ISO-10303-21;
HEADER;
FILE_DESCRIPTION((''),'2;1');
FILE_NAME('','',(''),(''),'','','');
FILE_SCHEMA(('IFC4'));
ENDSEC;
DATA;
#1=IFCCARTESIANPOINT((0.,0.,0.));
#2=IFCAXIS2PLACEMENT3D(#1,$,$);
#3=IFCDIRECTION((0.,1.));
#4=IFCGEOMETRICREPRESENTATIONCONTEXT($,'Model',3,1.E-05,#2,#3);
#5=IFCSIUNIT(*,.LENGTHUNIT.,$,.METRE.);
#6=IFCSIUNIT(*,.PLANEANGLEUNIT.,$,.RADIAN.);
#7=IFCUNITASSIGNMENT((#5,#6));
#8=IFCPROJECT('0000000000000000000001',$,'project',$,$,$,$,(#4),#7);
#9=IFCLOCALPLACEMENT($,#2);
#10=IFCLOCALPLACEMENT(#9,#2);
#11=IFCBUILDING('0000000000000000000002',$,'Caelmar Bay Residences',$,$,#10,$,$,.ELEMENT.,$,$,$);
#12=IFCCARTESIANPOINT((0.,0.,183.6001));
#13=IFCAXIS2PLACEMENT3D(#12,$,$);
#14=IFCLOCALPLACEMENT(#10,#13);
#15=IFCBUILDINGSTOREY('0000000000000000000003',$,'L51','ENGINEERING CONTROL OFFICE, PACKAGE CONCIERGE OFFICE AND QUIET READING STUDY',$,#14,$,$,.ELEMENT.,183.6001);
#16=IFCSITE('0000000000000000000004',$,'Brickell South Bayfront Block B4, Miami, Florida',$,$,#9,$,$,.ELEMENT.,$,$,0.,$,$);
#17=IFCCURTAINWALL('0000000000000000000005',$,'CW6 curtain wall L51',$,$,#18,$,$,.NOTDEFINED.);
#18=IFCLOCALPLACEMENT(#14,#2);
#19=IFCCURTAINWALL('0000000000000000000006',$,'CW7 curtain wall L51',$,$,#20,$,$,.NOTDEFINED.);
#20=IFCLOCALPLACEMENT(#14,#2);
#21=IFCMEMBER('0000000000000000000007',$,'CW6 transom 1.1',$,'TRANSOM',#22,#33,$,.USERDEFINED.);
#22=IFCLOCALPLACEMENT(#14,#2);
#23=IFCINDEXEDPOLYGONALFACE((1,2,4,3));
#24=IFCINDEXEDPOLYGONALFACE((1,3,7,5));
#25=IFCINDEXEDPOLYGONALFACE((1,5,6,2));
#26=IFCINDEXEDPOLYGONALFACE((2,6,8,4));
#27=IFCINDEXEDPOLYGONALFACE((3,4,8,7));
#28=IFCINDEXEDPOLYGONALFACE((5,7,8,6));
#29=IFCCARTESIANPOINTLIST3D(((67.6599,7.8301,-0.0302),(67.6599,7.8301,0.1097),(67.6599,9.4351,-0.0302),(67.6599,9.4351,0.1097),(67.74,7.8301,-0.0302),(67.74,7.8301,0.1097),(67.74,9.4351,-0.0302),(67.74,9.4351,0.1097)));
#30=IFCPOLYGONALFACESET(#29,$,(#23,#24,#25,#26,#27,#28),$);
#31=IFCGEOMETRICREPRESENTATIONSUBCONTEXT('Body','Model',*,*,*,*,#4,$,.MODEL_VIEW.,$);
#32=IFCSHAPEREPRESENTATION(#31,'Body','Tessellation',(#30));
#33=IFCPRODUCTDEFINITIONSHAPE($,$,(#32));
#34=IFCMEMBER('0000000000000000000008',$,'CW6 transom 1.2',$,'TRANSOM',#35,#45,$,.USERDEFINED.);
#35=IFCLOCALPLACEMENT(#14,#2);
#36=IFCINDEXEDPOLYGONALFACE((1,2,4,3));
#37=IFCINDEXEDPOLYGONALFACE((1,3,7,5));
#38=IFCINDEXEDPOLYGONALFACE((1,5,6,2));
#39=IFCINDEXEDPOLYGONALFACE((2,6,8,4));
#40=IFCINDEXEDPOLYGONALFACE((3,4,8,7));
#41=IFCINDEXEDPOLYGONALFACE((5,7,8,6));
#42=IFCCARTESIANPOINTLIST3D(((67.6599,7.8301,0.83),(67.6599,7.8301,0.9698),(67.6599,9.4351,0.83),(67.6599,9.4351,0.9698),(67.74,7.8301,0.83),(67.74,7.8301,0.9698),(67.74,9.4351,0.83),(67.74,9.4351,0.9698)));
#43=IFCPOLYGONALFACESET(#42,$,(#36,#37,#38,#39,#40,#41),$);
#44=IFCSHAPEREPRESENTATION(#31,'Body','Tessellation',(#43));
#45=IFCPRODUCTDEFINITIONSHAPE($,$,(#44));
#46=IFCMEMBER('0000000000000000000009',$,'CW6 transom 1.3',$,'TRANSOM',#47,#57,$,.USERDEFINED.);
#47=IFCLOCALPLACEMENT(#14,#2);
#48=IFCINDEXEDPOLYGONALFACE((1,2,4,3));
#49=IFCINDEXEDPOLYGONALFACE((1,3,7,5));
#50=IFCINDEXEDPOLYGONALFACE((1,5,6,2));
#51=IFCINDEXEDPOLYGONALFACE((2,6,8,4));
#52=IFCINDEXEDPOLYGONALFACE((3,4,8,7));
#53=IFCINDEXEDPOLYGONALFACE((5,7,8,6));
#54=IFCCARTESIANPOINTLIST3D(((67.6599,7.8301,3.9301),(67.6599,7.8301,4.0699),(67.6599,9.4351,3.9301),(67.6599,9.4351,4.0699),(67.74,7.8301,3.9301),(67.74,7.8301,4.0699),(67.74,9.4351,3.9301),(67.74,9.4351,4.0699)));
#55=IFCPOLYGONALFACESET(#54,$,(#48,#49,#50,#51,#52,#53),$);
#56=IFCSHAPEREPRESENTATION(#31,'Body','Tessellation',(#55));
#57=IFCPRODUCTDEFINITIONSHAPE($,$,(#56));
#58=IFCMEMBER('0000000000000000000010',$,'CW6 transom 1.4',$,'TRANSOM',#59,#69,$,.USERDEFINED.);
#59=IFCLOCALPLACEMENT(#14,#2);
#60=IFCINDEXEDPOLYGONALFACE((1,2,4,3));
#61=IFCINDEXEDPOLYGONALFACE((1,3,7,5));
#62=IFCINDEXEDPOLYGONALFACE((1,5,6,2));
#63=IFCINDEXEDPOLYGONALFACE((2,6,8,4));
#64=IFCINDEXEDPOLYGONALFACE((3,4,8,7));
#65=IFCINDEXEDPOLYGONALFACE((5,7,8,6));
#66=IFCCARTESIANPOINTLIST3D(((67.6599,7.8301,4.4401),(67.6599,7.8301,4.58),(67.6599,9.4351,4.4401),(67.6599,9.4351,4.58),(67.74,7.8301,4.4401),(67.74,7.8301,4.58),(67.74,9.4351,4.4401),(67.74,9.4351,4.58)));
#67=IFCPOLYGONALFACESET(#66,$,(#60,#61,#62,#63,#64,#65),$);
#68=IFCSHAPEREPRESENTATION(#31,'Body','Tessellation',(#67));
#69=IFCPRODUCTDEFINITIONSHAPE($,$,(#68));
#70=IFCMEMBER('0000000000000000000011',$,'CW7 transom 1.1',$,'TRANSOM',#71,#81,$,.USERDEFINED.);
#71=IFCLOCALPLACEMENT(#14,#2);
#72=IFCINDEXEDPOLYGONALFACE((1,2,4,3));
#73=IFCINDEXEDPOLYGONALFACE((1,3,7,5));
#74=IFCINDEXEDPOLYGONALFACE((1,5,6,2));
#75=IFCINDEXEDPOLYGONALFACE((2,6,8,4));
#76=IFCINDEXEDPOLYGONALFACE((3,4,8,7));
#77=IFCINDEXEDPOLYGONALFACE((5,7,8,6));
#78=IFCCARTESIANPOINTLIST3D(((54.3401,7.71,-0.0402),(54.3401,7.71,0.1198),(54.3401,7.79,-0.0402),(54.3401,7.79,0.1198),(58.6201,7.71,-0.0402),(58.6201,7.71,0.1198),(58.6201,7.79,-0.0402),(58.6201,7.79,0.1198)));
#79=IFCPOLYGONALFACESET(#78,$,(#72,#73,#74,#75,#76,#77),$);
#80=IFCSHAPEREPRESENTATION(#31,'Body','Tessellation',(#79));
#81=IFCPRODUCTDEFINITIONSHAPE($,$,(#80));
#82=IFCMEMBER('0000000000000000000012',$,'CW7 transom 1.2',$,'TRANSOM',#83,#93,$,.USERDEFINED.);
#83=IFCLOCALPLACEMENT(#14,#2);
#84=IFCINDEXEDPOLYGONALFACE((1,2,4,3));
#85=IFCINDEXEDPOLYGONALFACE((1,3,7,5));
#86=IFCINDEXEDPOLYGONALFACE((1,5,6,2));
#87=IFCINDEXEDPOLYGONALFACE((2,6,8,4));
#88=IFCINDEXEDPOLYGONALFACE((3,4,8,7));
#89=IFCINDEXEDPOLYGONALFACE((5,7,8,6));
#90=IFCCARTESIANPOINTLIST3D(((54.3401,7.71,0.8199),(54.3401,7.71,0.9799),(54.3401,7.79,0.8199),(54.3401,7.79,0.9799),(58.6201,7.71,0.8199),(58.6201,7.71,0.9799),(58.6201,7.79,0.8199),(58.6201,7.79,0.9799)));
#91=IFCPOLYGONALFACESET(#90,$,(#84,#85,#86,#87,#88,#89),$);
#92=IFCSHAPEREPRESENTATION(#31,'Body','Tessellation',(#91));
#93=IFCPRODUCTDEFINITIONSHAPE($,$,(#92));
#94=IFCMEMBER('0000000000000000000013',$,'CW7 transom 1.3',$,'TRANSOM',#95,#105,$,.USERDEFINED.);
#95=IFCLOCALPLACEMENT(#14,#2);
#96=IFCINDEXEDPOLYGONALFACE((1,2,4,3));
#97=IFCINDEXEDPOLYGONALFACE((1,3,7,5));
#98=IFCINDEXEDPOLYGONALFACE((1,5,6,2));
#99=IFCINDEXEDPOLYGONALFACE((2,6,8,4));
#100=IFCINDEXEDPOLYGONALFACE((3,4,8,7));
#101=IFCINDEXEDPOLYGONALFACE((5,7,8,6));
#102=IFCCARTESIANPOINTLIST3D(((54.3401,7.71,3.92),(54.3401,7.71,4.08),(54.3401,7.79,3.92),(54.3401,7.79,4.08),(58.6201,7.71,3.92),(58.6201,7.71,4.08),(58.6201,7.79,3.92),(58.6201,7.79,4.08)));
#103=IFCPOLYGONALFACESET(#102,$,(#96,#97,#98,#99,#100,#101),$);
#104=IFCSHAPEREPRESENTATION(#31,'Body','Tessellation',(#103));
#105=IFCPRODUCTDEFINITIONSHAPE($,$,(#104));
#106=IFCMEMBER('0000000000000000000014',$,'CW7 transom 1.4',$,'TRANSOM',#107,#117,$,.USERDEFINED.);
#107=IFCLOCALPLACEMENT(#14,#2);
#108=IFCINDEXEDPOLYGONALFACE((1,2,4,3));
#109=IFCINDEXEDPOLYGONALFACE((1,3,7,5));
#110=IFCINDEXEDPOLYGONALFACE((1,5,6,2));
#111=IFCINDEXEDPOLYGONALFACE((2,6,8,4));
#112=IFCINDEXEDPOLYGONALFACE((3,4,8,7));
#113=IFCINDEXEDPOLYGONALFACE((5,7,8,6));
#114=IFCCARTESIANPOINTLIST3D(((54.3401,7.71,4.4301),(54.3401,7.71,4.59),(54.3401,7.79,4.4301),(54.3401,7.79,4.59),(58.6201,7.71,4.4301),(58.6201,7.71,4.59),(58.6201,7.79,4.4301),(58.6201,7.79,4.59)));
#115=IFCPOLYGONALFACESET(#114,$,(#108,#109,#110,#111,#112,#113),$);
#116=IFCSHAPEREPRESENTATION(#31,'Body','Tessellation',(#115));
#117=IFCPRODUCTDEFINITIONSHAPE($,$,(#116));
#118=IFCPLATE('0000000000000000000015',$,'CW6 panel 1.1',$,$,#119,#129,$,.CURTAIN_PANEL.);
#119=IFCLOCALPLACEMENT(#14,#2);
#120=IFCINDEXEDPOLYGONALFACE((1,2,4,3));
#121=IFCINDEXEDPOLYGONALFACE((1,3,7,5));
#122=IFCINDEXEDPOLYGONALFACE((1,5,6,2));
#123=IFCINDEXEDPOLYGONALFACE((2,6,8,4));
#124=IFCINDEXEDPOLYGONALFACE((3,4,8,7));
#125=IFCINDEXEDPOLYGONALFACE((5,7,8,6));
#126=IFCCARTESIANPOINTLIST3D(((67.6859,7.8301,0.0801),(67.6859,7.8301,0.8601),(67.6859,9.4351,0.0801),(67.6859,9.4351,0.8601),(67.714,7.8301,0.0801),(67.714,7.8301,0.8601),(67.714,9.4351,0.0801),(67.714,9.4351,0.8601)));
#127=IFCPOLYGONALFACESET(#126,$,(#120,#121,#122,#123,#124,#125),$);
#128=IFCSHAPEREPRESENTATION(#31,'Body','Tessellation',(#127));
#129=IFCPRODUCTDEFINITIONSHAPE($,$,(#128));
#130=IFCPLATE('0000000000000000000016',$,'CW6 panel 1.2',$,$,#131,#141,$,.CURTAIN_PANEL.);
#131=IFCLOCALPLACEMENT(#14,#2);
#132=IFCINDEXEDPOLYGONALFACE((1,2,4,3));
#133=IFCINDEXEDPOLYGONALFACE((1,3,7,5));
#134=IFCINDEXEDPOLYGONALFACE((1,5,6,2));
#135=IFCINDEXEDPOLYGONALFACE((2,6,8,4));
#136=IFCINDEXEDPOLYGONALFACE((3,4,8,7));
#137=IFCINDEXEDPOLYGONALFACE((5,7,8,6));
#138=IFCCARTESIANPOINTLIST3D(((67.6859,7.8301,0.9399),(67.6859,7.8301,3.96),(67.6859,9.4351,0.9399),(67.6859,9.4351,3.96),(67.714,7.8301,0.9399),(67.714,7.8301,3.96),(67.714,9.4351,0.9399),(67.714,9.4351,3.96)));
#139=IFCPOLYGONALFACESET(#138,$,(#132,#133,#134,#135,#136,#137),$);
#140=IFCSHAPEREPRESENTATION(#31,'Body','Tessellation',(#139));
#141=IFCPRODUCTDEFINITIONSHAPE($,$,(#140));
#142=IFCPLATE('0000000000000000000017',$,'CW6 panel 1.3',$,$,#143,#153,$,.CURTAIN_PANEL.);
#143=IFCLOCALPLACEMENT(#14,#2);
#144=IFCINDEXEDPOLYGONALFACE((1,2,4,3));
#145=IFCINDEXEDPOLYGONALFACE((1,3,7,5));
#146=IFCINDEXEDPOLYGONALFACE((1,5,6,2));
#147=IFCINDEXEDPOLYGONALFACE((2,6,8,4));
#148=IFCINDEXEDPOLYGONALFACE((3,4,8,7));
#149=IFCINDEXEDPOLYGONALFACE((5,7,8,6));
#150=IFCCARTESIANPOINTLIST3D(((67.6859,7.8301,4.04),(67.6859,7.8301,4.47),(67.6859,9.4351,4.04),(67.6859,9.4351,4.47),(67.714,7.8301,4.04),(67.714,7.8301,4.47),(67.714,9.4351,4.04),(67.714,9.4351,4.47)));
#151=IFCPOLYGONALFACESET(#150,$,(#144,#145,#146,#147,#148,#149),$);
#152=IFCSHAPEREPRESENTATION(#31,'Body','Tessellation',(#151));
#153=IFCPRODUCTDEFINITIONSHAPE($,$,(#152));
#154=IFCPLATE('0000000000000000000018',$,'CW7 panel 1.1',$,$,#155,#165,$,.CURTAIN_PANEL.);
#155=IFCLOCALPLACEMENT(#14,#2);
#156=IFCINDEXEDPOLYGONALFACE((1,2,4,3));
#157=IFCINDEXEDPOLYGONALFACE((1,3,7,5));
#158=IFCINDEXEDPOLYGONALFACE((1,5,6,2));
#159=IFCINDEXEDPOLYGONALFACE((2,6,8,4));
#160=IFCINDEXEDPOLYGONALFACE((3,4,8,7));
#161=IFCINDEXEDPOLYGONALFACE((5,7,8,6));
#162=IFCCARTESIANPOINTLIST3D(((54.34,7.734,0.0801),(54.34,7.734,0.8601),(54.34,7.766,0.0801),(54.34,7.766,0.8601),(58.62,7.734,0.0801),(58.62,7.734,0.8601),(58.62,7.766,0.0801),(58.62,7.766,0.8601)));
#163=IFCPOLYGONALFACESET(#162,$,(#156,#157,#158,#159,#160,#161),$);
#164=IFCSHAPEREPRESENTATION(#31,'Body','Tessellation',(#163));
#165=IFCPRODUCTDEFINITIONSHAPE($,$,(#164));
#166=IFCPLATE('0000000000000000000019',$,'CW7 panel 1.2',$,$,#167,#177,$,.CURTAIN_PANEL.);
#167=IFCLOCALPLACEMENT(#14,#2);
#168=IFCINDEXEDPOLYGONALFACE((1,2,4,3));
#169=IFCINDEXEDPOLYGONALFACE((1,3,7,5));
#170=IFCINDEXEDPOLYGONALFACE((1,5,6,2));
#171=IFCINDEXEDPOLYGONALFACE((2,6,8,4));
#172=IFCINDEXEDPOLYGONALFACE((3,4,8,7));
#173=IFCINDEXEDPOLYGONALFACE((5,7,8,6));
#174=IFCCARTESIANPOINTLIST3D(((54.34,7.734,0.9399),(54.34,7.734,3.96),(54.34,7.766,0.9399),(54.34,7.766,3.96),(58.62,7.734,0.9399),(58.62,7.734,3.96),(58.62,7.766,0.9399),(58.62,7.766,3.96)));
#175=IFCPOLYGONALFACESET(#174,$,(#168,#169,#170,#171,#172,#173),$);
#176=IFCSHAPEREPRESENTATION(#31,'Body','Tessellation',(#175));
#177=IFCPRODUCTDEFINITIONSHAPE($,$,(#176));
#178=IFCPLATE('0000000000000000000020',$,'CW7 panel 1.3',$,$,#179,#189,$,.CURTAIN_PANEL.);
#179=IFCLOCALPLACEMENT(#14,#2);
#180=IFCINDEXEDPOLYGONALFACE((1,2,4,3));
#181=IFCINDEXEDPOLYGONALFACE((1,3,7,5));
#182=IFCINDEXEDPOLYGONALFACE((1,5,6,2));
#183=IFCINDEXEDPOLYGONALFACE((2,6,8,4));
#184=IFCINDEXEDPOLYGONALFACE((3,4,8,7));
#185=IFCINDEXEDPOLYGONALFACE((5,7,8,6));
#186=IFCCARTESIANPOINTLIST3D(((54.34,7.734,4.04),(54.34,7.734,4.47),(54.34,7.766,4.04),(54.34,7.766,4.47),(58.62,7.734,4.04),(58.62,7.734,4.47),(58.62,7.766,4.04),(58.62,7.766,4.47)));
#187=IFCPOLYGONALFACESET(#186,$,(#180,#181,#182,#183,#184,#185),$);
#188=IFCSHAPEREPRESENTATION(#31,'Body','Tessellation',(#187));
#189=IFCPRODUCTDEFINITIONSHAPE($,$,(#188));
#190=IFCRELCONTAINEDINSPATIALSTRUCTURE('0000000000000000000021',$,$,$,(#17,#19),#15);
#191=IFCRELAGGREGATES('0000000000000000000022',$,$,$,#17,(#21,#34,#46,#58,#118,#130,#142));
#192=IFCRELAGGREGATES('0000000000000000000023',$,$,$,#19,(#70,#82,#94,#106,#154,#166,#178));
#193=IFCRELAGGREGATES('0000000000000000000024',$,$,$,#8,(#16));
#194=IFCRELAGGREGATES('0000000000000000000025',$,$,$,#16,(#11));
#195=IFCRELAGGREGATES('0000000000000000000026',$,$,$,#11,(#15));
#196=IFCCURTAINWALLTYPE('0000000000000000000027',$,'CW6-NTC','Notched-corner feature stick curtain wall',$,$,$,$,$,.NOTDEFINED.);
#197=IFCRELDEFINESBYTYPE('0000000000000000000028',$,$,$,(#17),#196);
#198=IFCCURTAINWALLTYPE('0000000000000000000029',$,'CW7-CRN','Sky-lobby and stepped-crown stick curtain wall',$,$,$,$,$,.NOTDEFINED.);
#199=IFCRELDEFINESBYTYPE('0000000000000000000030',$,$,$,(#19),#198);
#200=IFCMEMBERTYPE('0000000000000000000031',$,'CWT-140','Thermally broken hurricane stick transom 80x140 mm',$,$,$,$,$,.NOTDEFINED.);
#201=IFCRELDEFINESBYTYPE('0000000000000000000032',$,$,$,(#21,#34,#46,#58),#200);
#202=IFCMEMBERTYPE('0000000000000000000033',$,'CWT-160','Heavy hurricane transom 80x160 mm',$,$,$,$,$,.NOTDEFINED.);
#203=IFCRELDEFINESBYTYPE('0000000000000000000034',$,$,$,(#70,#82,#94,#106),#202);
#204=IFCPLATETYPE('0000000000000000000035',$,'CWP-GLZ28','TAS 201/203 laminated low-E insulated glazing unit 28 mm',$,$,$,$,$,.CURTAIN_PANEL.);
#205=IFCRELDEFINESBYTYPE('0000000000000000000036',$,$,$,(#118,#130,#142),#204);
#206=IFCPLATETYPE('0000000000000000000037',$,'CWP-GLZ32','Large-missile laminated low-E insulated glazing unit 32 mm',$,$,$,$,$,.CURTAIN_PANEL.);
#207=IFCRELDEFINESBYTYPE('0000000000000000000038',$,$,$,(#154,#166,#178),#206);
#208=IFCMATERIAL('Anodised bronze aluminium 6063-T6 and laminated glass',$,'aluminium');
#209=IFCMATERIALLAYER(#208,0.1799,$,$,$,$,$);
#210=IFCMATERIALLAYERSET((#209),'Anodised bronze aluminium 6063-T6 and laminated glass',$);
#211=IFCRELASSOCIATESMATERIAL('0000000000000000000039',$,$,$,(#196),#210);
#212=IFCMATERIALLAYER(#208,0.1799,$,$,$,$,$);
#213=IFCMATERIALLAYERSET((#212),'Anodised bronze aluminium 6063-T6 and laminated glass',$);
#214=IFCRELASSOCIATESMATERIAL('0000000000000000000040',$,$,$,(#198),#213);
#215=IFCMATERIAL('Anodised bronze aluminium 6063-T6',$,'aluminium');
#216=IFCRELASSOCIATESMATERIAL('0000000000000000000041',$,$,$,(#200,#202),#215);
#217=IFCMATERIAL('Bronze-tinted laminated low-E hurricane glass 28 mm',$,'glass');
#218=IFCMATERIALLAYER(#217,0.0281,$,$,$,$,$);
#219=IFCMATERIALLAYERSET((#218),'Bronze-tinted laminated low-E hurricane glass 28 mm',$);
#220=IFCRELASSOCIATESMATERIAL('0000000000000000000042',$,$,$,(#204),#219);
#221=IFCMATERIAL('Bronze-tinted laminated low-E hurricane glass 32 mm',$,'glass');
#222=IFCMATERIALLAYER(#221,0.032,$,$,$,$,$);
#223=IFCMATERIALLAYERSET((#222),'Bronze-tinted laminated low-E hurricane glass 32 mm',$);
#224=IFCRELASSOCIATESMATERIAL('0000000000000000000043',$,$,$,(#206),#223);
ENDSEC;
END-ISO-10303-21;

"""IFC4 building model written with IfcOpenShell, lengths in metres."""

from ifc_helpers import new_model, si_unit, direction, frame, origin, origin_2d, place, context, subcontext, project, spatial, rectangle, extrude, material, layer, layer_set, material_profile, profile_set, type_object, element, aggregate, save


model = new_model("IFC4")

# Units and contexts
model_context = context("Model", 3, precision=1e-05, world=origin(), true_north=direction((0.0, 1.0)))
body_context = subcontext(model_context, "Body", "Model", "MODEL_VIEW")
ifc_project = project(units=[si_unit("LENGTHUNIT", "METRE"), si_unit("PLANEANGLEUNIT", "RADIAN")], contexts=[model_context])

# Site, building, storey
site_placement = place(None, origin())
site = spatial("IfcSite", under=ifc_project, at=site_placement, Name="Brickell South Bayfront Block B4, Miami, Florida", CompositionType="ELEMENT", RefElevation=0.0)
building_placement = place(site_placement, origin())
building = spatial("IfcBuilding", under=site, at=building_placement, Name="Caelmar Bay Residences", CompositionType="ELEMENT")
storey_placement = place(building_placement, frame((0.0, 0.0, 183.6001)))
storey = spatial("IfcBuildingStorey", under=building, at=storey_placement, Name="L51", Description="ENGINEERING CONTROL OFFICE, PACKAGE CONCIERGE OFFICE AND QUIET READING STUDY", CompositionType="ELEMENT", Elevation=183.6001)

# Curtain wall
ifc_material_1 = material(Name="Anodised bronze aluminium 6063-T6 and laminated glass", Category="aluminium")
ifc_layer_1 = layer(ifc_material_1, 0.1799)
ifc_layer_set_1 = layer_set([ifc_layer_1], Name="Anodised bronze aluminium 6063-T6 and laminated glass")
curtain_wall_type_1 = type_object("IfcCurtainWallType", Name="CW6-NTC", Description="Notched-corner feature stick curtain wall", PredefinedType="NOTDEFINED", material=ifc_layer_set_1)
curtain_wall_1_placement = place(storey_placement, origin())
curtain_wall_1 = element("IfcCurtainWall", 1, at=curtain_wall_1_placement, inside=storey, type_object=curtain_wall_type_1, Name="CW6 curtain wall L51", PredefinedType="NOTDEFINED")
ifc_material_2 = material(Name="Anodised bronze aluminium 6063-T6", Category="aluminium")

# Curtain wall
ifc_layer_2 = layer(ifc_material_1, 0.1799)
ifc_layer_set_2 = layer_set([ifc_layer_2], Name="Anodised bronze aluminium 6063-T6 and laminated glass")
curtain_wall_type_2 = type_object("IfcCurtainWallType", Name="CW7-CRN", Description="Sky-lobby and stepped-crown stick curtain wall", PredefinedType="NOTDEFINED", material=ifc_layer_set_2)
curtain_wall_2_placement = place(storey_placement, origin())
curtain_wall_2 = element("IfcCurtainWall", 2, at=curtain_wall_2_placement, inside=storey, type_object=curtain_wall_type_2, Name="CW7 curtain wall L51", PredefinedType="NOTDEFINED")

# Members
ifc_material_profile_1 = material_profile(ifc_material_2, rectangle(XDim=0.0801, YDim=0.1399, at=origin_2d()), Name="CWT-80X140")
ifc_profile_set_1 = profile_set([ifc_material_profile_1], Name="Anodised bronze aluminium 6063-T6")
member_type_1 = type_object("IfcMemberType", Name="CWT-140", Description="Thermally broken hurricane stick transom 80x140 mm", PredefinedType="NOTDEFINED", material=ifc_profile_set_1)
member_1_placement = place(storey_placement, frame((67.7, 7.8301, 0.0398), z_axis=(0.0, 1.0, 0.0), x_axis=(-1.0, 0.0, 0.0)))
member_1 = element("IfcMember", 3, at=member_1_placement, type_object=member_type_1, Name="CW6 transom 1.1", ObjectType="TRANSOM", PredefinedType="USERDEFINED", context=body_context, shape_type="SweptSolid", body=[
    extrude(rectangle(XDim=0.0801, YDim=0.1399, at=origin_2d()), origin(), (0.0, 0.0, 1.0), 1.605),
])
member_2_placement = place(storey_placement, frame((67.7, 7.8301, 0.8999), z_axis=(0.0, 1.0, 0.0), x_axis=(-1.0, 0.0, 0.0)))
member_2 = element("IfcMember", 4, at=member_2_placement, type_object=member_type_1, Name="CW6 transom 1.2", ObjectType="TRANSOM", PredefinedType="USERDEFINED", context=body_context, shape_type="SweptSolid", body=[
    extrude(rectangle(XDim=0.0801, YDim=0.1399, at=origin_2d()), origin(), (0.0, 0.0, 1.0), 1.605),
])
member_3_placement = place(storey_placement, frame((67.7, 7.8301, 4.0), z_axis=(0.0, 1.0, 0.0), x_axis=(-1.0, 0.0, 0.0)))
member_3 = element("IfcMember", 5, at=member_3_placement, type_object=member_type_1, Name="CW6 transom 1.3", ObjectType="TRANSOM", PredefinedType="USERDEFINED", context=body_context, shape_type="SweptSolid", body=[
    extrude(rectangle(XDim=0.0801, YDim=0.1399, at=origin_2d()), origin(), (0.0, 0.0, 1.0), 1.605),
])
member_4_placement = place(storey_placement, frame((67.7, 7.8301, 4.51), z_axis=(0.0, 1.0, 0.0), x_axis=(-1.0, 0.0, 0.0)))
member_4 = element("IfcMember", 6, at=member_4_placement, type_object=member_type_1, Name="CW6 transom 1.4", ObjectType="TRANSOM", PredefinedType="USERDEFINED", context=body_context, shape_type="SweptSolid", body=[
    extrude(rectangle(XDim=0.0801, YDim=0.1399, at=origin_2d()), origin(), (0.0, 0.0, 1.0), 1.605),
])
ifc_material_profile_2 = material_profile(ifc_material_2, rectangle(XDim=0.0801, YDim=0.1599, at=origin_2d()), Name="CWT-80X160")
ifc_profile_set_2 = profile_set([ifc_material_profile_2], Name="Anodised bronze aluminium 6063-T6")
member_type_2 = type_object("IfcMemberType", Name="CWT-160", Description="Heavy hurricane transom 80x160 mm", PredefinedType="NOTDEFINED", material=ifc_profile_set_2)
member_5_placement = place(storey_placement, frame((58.6201, 7.75, 0.0398), z_axis=(-1.0, 0.0, 0.0), x_axis=(0.0, -1.0, 0.0)))
member_5 = element("IfcMember", 7, at=member_5_placement, type_object=member_type_2, Name="CW7 transom 1.1", ObjectType="TRANSOM", PredefinedType="USERDEFINED", context=body_context, shape_type="SweptSolid", body=[
    extrude(rectangle(XDim=0.0801, YDim=0.1599, at=origin_2d()), origin(), (0.0, 0.0, 1.0), 4.28),
])
member_6_placement = place(storey_placement, frame((58.6201, 7.75, 0.8999), z_axis=(-1.0, 0.0, 0.0), x_axis=(0.0, -1.0, 0.0)))
member_6 = element("IfcMember", 8, at=member_6_placement, type_object=member_type_2, Name="CW7 transom 1.2", ObjectType="TRANSOM", PredefinedType="USERDEFINED", context=body_context, shape_type="SweptSolid", body=[
    extrude(rectangle(XDim=0.0801, YDim=0.1599, at=origin_2d()), origin(), (0.0, 0.0, 1.0), 4.28),
])
member_7_placement = place(storey_placement, frame((58.6201, 7.75, 4.0), z_axis=(-1.0, 0.0, 0.0), x_axis=(0.0, -1.0, 0.0)))
member_7 = element("IfcMember", 9, at=member_7_placement, type_object=member_type_2, Name="CW7 transom 1.3", ObjectType="TRANSOM", PredefinedType="USERDEFINED", context=body_context, shape_type="SweptSolid", body=[
    extrude(rectangle(XDim=0.0801, YDim=0.1599, at=origin_2d()), origin(), (0.0, 0.0, 1.0), 4.28),
])
member_8_placement = place(storey_placement, frame((58.6201, 7.75, 4.51), z_axis=(-1.0, 0.0, 0.0), x_axis=(0.0, -1.0, 0.0)))
member_8 = element("IfcMember", 10, at=member_8_placement, type_object=member_type_2, Name="CW7 transom 1.4", ObjectType="TRANSOM", PredefinedType="USERDEFINED", context=body_context, shape_type="SweptSolid", body=[
    extrude(rectangle(XDim=0.0801, YDim=0.1599, at=origin_2d()), origin(), (0.0, 0.0, 1.0), 4.28),
])

# Plates
ifc_material_3 = material(Name="Bronze-tinted laminated low-E hurricane glass 28 mm", Category="glass")
ifc_layer_3 = layer(ifc_material_3, 0.0281)
ifc_layer_set_3 = layer_set([ifc_layer_3], Name="Bronze-tinted laminated low-E hurricane glass 28 mm")
plate_type_1 = type_object("IfcPlateType", Name="CWP-GLZ28", Description="TAS 201/203 laminated low-E insulated glazing unit 28 mm", PredefinedType="CURTAIN_PANEL", material=ifc_layer_set_3)
plate_1_placement = place(storey_placement, frame((67.7, 8.6326, 0.0801), z_axis=(0.0, 0.0, 1.0), x_axis=(0.0, 1.0, 0.0)))
plate_1 = element("IfcPlate", 11, at=plate_1_placement, type_object=plate_type_1, Name="CW6 panel 1.1", PredefinedType="CURTAIN_PANEL", context=body_context, shape_type="SweptSolid", body=[
    extrude(rectangle(XDim=1.605, YDim=0.0281, at=origin_2d()), origin(), (0.0, 0.0, 1.0), 0.78),
])
plate_2_placement = place(storey_placement, frame((67.7, 8.6326, 0.9399), z_axis=(0.0, 0.0, 1.0), x_axis=(0.0, 1.0, 0.0)))
plate_2 = element("IfcPlate", 12, at=plate_2_placement, type_object=plate_type_1, Name="CW6 panel 1.2", PredefinedType="CURTAIN_PANEL", context=body_context, shape_type="SweptSolid", body=[
    extrude(rectangle(XDim=1.605, YDim=0.0281, at=origin_2d()), origin(), (0.0, 0.0, 1.0), 3.02),
])
plate_3_placement = place(storey_placement, frame((67.7, 8.6326, 4.04), z_axis=(0.0, 0.0, 1.0), x_axis=(0.0, 1.0, 0.0)))
plate_3 = element("IfcPlate", 13, at=plate_3_placement, type_object=plate_type_1, Name="CW6 panel 1.3", PredefinedType="CURTAIN_PANEL", context=body_context, shape_type="SweptSolid", body=[
    extrude(rectangle(XDim=1.605, YDim=0.0281, at=origin_2d()), origin(), (0.0, 0.0, 1.0), 0.4299),
])
aggregate(curtain_wall_1, [member_1, member_2, member_3, member_4, plate_1, plate_2, plate_3])
ifc_material_4 = material(Name="Bronze-tinted laminated low-E hurricane glass 32 mm", Category="glass")
ifc_layer_4 = layer(ifc_material_4, 0.032)
ifc_layer_set_4 = layer_set([ifc_layer_4], Name="Bronze-tinted laminated low-E hurricane glass 32 mm")
plate_type_2 = type_object("IfcPlateType", Name="CWP-GLZ32", Description="Large-missile laminated low-E insulated glazing unit 32 mm", PredefinedType="CURTAIN_PANEL", material=ifc_layer_set_4)
plate_4_placement = place(storey_placement, frame((56.48, 7.75, 0.0801), z_axis=(0.0, 0.0, 1.0), x_axis=(-1.0, 0.0, 0.0)))
plate_4 = element("IfcPlate", 14, at=plate_4_placement, type_object=plate_type_2, Name="CW7 panel 1.1", PredefinedType="CURTAIN_PANEL", context=body_context, shape_type="SweptSolid", body=[
    extrude(rectangle(XDim=4.28, YDim=0.032, at=origin_2d()), origin(), (0.0, 0.0, 1.0), 0.78),
])
plate_5_placement = place(storey_placement, frame((56.48, 7.75, 0.9399), z_axis=(0.0, 0.0, 1.0), x_axis=(-1.0, 0.0, 0.0)))
plate_5 = element("IfcPlate", 15, at=plate_5_placement, type_object=plate_type_2, Name="CW7 panel 1.2", PredefinedType="CURTAIN_PANEL", context=body_context, shape_type="SweptSolid", body=[
    extrude(rectangle(XDim=4.28, YDim=0.032, at=origin_2d()), origin(), (0.0, 0.0, 1.0), 3.02),
])
plate_6_placement = place(storey_placement, frame((56.48, 7.75, 4.04), z_axis=(0.0, 0.0, 1.0), x_axis=(-1.0, 0.0, 0.0)))
plate_6 = element("IfcPlate", 16, at=plate_6_placement, type_object=plate_type_2, Name="CW7 panel 1.3", PredefinedType="CURTAIN_PANEL", context=body_context, shape_type="SweptSolid", body=[
    extrude(rectangle(XDim=4.28, YDim=0.032, at=origin_2d()), origin(), (0.0, 0.0, 1.0), 0.4299),
])
aggregate(curtain_wall_2, [member_5, member_6, member_7, member_8, plate_4, plate_5, plate_6])

save(model, "model.ifc")
